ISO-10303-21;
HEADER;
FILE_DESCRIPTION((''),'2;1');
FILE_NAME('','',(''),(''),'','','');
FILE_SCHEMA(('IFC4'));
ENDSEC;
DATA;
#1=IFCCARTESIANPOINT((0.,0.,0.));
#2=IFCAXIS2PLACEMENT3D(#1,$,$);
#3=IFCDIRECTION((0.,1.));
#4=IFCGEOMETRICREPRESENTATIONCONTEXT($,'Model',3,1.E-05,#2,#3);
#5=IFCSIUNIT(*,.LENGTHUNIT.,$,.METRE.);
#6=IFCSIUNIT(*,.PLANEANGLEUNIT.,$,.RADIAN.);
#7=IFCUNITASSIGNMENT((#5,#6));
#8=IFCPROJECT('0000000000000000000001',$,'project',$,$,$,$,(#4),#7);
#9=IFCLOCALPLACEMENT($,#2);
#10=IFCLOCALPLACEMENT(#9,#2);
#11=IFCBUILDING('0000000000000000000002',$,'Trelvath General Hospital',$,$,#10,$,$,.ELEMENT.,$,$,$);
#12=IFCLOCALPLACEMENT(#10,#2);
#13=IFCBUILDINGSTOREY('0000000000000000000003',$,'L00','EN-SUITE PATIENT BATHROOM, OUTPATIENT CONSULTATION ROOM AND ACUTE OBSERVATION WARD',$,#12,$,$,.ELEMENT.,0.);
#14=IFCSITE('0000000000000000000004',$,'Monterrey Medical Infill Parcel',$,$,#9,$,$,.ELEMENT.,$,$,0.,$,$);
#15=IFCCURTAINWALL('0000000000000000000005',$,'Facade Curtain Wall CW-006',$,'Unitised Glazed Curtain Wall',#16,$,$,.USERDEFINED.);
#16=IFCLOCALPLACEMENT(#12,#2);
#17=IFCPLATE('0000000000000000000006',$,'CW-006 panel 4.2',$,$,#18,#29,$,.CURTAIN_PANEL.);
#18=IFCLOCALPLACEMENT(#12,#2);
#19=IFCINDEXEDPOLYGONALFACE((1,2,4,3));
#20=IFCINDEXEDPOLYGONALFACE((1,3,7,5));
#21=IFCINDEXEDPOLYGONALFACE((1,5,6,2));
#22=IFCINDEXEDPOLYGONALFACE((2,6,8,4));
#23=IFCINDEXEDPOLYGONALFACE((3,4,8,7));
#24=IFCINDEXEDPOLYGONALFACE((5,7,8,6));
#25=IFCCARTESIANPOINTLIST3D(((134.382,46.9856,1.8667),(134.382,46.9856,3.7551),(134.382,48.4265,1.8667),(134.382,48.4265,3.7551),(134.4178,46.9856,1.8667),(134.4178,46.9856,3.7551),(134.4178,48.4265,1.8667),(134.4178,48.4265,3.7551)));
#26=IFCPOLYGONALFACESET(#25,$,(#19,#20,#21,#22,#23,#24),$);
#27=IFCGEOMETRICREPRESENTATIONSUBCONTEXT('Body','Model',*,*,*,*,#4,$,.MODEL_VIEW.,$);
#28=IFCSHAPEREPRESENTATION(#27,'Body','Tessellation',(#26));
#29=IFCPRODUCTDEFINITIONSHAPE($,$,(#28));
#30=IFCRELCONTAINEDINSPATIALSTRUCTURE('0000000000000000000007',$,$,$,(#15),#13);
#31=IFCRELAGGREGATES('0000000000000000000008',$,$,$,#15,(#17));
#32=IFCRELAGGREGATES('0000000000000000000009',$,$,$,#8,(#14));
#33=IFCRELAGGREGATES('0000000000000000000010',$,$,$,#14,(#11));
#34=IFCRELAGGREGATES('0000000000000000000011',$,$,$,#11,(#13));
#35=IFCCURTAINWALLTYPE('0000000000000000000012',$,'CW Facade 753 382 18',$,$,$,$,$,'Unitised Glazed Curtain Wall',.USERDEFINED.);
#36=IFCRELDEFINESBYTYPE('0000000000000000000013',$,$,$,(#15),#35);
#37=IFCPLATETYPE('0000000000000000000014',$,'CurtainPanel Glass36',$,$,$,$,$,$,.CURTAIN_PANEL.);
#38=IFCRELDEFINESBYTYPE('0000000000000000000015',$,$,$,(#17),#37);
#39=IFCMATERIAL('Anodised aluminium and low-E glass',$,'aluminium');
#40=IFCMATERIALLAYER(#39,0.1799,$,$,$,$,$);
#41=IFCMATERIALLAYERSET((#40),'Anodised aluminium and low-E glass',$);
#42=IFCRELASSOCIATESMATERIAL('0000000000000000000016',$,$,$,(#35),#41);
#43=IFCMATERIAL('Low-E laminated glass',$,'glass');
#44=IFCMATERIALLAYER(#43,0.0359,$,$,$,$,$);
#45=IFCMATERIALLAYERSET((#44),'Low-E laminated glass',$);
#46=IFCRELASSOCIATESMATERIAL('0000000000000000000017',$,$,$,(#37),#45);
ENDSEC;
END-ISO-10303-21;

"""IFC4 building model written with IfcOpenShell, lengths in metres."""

from ifc_helpers import new_model, si_unit, direction, frame, origin, origin_2d, place, context, subcontext, project, spatial, rectangle, extrude, material, layer, layer_set, type_object, element, aggregate, save


model = new_model("IFC4")

# Units and contexts
model_context = context("Model", 3, precision=1e-05, world=origin(), true_north=direction((0.0, 1.0)))
body_context = subcontext(model_context, "Body", "Model", "MODEL_VIEW")
ifc_project = project(units=[si_unit("LENGTHUNIT", "METRE"), si_unit("PLANEANGLEUNIT", "RADIAN")], contexts=[model_context])

# Site, building, storey
site_placement = place(None, origin())
site = spatial("IfcSite", under=ifc_project, at=site_placement, Name="Monterrey Medical Infill Parcel", CompositionType="ELEMENT", RefElevation=0.0)
building_placement = place(site_placement, origin())
building = spatial("IfcBuilding", under=site, at=building_placement, Name="Trelvath General Hospital", CompositionType="ELEMENT")
storey_placement = place(building_placement, origin())
storey = spatial("IfcBuildingStorey", under=building, at=storey_placement, Name="L00", Description="EN-SUITE PATIENT BATHROOM, OUTPATIENT CONSULTATION ROOM AND ACUTE OBSERVATION WARD", CompositionType="ELEMENT", Elevation=0.0)

# Curtain wall, plate
ifc_material_1 = material(Name="Anodised aluminium and low-E glass", Category="aluminium")
ifc_layer_1 = layer(ifc_material_1, 0.1799)
ifc_layer_set_1 = layer_set([ifc_layer_1], Name="Anodised aluminium and low-E glass")
curtain_wall_type = type_object("IfcCurtainWallType", Name="CW Facade 753 382 18", ElementType="Unitised Glazed Curtain Wall", PredefinedType="USERDEFINED", material=ifc_layer_set_1)
curtain_wall_placement = place(storey_placement, origin())
curtain_wall = element("IfcCurtainWall", 1, at=curtain_wall_placement, inside=storey, type_object=curtain_wall_type, Name="Facade Curtain Wall CW-006", ObjectType="Unitised Glazed Curtain Wall", PredefinedType="USERDEFINED")
ifc_material_2 = material(Name="Low-E laminated glass", Category="glass")
ifc_layer_2 = layer(ifc_material_2, 0.0359)
ifc_layer_set_2 = layer_set([ifc_layer_2], Name="Low-E laminated glass")
plate_type = type_object("IfcPlateType", Name="CurtainPanel Glass36", PredefinedType="CURTAIN_PANEL", material=ifc_layer_set_2)
plate_1_placement = place(storey_placement, frame((134.3999, 47.7061, 1.8667), z_axis=(0.0, 0.0, 1.0), x_axis=(0.0, 1.0, 0.0)))
plate_1 = element("IfcPlate", 2, at=plate_1_placement, type_object=plate_type, Name="CW-006 panel 4.2", PredefinedType="CURTAIN_PANEL", context=body_context, shape_type="SweptSolid", body=[
    extrude(rectangle(XDim=1.4409, YDim=0.0359, at=origin_2d()), origin(), (0.0, 0.0, 1.0), 1.8884),
])
aggregate(curtain_wall, [plate_1])

save(model, "model.ifc")
